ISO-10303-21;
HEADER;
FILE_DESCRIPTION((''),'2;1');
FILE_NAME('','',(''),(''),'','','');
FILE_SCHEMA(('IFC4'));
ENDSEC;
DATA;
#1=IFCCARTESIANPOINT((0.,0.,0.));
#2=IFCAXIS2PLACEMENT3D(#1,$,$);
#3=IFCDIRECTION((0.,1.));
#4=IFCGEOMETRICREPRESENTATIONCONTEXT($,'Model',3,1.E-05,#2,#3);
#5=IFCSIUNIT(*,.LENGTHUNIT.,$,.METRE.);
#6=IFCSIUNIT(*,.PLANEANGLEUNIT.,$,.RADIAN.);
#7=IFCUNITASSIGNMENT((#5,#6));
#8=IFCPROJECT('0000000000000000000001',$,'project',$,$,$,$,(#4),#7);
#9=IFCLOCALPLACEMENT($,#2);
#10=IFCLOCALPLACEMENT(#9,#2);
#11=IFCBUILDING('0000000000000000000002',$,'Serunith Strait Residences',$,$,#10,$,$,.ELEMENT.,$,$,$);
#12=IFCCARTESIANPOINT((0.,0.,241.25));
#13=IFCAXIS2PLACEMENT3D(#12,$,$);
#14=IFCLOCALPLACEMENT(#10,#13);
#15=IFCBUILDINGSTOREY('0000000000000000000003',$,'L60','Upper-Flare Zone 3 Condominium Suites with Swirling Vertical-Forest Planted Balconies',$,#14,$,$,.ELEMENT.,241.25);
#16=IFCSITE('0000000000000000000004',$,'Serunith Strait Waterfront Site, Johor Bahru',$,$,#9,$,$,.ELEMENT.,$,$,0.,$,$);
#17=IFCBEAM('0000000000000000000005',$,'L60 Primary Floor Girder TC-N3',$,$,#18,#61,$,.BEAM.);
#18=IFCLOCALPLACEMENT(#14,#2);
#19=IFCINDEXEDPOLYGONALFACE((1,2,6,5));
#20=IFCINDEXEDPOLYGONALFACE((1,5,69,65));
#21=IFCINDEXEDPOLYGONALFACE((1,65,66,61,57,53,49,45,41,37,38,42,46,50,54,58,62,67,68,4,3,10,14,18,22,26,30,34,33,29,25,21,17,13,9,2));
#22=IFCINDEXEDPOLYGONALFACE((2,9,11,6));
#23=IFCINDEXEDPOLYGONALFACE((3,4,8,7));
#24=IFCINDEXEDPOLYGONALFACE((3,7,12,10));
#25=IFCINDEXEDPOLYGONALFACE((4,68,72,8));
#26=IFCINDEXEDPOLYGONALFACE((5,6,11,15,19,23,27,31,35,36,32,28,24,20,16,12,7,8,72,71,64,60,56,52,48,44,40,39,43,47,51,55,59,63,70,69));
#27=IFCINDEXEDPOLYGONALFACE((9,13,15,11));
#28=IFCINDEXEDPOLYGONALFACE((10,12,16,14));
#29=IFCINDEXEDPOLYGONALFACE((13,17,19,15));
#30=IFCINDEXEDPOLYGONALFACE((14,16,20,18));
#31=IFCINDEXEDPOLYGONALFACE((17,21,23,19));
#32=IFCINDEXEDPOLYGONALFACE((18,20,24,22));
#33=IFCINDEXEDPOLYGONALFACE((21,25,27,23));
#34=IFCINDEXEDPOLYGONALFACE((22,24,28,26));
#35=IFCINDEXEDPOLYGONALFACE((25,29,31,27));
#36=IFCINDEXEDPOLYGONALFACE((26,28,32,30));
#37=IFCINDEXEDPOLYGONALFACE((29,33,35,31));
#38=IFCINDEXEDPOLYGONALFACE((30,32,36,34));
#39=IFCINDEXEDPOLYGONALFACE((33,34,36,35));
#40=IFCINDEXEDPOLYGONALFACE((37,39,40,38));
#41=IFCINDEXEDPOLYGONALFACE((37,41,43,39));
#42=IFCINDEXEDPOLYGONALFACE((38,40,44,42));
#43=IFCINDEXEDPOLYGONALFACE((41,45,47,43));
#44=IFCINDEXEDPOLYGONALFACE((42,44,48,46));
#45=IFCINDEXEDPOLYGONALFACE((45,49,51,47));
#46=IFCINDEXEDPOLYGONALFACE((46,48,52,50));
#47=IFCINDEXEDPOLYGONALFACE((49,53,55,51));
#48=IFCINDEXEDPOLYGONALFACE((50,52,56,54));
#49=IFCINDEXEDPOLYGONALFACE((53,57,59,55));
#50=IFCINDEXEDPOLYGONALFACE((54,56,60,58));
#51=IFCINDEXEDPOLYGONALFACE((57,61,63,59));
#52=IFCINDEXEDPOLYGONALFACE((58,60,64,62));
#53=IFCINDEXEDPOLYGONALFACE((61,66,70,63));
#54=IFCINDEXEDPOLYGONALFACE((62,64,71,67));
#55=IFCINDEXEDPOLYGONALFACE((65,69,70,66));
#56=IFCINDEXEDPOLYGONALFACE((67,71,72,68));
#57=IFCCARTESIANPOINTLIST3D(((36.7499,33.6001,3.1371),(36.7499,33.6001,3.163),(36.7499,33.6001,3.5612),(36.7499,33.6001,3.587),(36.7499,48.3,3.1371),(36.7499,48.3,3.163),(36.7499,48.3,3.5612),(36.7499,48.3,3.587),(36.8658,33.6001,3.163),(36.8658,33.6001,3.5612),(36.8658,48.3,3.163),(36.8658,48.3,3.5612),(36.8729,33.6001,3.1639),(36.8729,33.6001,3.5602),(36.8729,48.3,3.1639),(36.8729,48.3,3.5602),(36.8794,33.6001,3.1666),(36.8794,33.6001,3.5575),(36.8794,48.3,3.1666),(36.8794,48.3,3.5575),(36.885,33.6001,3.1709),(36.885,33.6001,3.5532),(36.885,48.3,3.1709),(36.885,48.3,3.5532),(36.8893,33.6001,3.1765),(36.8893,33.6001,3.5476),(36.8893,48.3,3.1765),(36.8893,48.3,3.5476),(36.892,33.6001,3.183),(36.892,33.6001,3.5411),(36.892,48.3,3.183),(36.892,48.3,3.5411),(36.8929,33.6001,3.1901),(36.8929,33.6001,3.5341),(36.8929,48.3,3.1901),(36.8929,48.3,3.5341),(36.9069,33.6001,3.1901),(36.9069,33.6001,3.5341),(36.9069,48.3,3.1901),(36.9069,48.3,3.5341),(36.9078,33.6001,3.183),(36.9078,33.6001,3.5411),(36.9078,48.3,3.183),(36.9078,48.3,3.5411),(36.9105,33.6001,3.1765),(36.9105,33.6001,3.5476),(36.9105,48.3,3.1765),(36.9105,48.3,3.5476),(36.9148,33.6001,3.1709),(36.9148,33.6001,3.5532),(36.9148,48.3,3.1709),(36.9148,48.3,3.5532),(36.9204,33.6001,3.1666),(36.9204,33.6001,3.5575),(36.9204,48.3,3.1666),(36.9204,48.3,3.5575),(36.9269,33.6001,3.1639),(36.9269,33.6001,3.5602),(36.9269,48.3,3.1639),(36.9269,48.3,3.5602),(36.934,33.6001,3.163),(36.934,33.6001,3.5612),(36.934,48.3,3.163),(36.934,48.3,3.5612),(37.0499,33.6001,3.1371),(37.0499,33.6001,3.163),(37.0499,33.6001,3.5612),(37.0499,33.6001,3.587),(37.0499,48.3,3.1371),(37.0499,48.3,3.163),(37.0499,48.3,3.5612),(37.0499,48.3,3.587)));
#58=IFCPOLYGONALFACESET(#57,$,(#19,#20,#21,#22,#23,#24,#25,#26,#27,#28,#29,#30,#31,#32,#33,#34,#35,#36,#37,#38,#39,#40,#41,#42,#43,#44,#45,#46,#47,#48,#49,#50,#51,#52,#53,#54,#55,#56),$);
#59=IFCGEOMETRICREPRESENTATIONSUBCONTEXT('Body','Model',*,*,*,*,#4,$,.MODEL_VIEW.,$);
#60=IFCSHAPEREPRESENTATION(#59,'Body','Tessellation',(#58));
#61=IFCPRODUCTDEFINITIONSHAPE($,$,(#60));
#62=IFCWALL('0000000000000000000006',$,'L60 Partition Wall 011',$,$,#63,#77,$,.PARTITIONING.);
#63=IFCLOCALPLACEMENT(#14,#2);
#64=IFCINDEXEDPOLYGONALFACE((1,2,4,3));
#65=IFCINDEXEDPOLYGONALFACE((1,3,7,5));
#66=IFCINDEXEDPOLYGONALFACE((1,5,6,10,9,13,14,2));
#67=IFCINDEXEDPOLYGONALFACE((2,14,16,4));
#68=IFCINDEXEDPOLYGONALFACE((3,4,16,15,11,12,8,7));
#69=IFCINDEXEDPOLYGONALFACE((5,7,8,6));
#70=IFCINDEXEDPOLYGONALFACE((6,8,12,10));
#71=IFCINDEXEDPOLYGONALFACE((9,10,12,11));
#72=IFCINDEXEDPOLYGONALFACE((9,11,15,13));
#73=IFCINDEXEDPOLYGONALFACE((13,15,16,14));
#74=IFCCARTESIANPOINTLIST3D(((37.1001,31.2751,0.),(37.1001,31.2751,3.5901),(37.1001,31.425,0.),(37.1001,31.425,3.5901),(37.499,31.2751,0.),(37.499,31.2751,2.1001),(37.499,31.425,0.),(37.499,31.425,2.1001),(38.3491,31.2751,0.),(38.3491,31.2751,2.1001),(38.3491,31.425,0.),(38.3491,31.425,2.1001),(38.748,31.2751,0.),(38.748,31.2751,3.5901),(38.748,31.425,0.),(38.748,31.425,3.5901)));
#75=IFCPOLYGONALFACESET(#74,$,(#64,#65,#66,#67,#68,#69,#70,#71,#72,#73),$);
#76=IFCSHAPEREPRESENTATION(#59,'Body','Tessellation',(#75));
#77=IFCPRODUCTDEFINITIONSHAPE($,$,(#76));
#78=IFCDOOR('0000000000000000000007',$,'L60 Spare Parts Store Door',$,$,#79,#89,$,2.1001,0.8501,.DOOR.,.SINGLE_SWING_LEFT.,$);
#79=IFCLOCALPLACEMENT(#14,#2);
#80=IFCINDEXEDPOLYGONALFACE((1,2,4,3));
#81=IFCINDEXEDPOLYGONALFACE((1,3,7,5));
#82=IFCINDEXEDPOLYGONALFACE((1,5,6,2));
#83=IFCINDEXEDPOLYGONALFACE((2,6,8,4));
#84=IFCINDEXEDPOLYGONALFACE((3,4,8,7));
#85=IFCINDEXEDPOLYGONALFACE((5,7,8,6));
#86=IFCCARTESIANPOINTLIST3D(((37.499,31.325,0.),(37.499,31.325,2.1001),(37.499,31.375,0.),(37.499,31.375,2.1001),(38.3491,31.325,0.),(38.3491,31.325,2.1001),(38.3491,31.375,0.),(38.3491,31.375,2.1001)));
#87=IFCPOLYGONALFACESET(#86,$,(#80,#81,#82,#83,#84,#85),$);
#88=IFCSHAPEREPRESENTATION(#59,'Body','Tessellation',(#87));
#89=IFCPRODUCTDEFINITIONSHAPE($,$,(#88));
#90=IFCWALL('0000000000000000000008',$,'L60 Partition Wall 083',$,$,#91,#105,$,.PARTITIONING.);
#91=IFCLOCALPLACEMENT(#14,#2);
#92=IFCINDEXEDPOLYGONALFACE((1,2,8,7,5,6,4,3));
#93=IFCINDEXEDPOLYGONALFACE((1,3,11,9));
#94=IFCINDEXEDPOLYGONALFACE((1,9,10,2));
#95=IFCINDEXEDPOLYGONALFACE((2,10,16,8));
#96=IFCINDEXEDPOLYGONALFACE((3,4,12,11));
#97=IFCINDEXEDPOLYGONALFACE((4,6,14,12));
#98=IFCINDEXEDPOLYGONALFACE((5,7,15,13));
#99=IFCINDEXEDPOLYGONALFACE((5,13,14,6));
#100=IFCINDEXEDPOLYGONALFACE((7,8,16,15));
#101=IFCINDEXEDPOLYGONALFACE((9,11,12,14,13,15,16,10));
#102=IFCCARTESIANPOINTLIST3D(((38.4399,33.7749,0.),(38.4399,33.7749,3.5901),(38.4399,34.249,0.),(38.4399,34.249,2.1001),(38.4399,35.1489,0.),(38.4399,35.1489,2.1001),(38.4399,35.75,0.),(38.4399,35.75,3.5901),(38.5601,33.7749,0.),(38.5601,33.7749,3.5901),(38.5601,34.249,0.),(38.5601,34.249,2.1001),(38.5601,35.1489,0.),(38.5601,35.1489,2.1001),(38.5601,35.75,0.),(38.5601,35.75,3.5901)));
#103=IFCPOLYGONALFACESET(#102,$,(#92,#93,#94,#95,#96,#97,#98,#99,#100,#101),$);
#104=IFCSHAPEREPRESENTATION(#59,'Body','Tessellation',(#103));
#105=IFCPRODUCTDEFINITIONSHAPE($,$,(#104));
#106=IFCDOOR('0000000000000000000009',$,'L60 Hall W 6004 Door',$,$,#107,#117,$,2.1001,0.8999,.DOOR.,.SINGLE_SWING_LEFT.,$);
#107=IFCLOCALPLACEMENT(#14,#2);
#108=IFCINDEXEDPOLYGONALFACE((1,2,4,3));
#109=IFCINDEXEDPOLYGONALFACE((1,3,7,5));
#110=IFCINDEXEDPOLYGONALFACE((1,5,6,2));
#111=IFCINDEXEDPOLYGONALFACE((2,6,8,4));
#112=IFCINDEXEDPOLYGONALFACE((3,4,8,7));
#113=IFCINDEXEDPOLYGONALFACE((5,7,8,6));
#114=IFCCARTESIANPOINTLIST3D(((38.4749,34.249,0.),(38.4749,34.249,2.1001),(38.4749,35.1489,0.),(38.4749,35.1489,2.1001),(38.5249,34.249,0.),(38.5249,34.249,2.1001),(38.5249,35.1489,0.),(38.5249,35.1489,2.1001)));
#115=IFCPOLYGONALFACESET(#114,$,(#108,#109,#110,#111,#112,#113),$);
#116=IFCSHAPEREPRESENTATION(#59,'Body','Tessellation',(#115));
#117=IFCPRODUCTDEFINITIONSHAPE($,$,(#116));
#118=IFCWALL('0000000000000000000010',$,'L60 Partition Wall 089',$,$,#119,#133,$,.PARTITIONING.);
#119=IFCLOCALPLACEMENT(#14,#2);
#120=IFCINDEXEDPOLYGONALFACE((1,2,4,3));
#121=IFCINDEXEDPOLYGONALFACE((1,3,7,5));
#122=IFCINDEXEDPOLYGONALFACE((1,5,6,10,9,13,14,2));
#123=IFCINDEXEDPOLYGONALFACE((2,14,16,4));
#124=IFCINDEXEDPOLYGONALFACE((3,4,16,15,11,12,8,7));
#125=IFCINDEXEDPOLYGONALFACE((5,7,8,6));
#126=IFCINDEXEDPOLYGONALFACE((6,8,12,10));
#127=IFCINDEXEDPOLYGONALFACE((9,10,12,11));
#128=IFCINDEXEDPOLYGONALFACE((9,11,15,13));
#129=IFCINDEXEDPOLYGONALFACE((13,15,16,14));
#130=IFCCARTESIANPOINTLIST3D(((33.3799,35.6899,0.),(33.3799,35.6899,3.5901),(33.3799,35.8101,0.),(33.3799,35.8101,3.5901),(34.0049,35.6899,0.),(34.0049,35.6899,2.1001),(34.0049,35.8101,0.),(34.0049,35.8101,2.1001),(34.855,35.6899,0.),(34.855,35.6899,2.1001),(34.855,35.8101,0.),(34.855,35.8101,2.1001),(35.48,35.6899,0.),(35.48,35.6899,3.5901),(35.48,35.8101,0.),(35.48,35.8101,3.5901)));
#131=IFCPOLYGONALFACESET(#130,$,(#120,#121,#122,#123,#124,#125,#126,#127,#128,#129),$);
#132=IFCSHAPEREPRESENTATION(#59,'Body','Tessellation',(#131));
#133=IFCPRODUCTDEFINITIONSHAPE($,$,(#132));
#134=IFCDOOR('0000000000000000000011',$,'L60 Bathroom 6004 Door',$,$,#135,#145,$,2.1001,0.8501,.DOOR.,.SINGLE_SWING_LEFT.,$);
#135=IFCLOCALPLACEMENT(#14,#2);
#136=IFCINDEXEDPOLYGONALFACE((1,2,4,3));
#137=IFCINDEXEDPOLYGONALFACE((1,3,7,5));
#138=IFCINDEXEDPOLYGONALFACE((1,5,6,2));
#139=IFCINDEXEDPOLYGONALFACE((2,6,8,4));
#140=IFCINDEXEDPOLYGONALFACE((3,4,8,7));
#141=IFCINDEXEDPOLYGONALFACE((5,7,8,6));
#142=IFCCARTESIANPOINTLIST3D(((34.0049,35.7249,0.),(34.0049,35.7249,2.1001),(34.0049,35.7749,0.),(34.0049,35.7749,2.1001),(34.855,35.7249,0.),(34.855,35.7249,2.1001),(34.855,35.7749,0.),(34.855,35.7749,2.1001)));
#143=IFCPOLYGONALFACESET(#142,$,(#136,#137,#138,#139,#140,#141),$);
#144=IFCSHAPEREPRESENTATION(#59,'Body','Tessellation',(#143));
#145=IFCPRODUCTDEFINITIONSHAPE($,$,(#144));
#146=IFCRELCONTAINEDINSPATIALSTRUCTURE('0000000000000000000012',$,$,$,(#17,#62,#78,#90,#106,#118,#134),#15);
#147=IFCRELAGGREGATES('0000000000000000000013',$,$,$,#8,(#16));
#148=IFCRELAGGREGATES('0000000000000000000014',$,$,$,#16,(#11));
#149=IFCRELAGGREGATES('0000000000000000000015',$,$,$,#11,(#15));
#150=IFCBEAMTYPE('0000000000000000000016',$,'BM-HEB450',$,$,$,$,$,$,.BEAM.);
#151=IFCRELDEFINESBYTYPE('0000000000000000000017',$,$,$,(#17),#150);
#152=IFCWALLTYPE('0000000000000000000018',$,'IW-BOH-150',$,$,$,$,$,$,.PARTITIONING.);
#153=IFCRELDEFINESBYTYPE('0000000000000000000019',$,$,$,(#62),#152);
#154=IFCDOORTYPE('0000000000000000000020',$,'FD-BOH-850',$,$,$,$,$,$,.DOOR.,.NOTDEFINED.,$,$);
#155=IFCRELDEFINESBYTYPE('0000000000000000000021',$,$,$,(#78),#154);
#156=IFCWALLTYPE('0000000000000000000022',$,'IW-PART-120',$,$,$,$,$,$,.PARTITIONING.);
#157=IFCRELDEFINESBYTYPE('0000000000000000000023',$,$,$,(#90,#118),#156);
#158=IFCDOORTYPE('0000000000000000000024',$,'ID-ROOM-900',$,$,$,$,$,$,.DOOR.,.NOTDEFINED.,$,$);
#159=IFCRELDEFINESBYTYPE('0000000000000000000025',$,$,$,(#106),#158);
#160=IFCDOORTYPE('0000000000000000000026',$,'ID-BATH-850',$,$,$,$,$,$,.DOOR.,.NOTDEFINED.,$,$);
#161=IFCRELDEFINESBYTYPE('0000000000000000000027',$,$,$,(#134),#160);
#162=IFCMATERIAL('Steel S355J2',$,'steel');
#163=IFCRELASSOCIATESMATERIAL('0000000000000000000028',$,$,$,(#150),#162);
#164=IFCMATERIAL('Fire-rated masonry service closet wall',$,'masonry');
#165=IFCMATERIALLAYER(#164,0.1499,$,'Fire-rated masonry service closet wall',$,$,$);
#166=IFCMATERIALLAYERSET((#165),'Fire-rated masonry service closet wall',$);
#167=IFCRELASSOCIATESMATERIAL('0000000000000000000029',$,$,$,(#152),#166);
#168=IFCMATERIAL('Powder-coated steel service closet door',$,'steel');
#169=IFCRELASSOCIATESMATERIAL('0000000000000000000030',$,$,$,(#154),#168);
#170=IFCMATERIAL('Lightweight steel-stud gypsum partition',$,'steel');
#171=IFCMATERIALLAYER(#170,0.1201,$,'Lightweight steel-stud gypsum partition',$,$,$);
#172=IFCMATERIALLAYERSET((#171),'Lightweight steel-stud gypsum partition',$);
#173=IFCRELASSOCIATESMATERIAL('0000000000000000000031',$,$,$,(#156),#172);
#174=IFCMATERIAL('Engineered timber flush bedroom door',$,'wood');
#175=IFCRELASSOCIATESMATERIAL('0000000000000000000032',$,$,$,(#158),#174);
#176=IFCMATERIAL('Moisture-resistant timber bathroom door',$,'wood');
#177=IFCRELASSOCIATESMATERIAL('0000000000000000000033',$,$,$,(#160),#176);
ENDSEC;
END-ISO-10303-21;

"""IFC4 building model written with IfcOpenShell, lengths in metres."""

from ifc_helpers import new_model, si_unit, direction, frame, frame_2d, origin, origin_2d, place, context, subcontext, project, spatial, rectangle, i_section, extrude, source, transform, mapped, material, layer, layer_set, material_profile, profile_set, type_object, element, fill, save


model = new_model("IFC4")

# Units and contexts
model_context = context("Model", 3, precision=1e-05, world=origin(), true_north=direction((0.0, 1.0)))
body_context = subcontext(model_context, "Body", "Model", "MODEL_VIEW")
ifc_project = project(units=[si_unit("LENGTHUNIT", "METRE"), si_unit("PLANEANGLEUNIT", "RADIAN")], contexts=[model_context])

# Site, building, storey
site_placement = place(None, origin())
site = spatial("IfcSite", under=ifc_project, at=site_placement, Name="Serunith Strait Waterfront Site, Johor Bahru", CompositionType="ELEMENT", RefElevation=0.0)
building_placement = place(site_placement, origin())
building = spatial("IfcBuilding", under=site, at=building_placement, Name="Serunith Strait Residences", CompositionType="ELEMENT")
storey_placement = place(building_placement, frame((0.0, 0.0, 241.25)))
storey = spatial("IfcBuildingStorey", under=building, at=storey_placement, Name="L60", Description="Upper-Flare Zone 3 Condominium Suites with Swirling Vertical-Forest Planted Balconies", CompositionType="ELEMENT", Elevation=241.25)

# Beam
ifc_material_1 = material(Name="Steel S355J2", Category="steel")
ifc_material_profile = material_profile(ifc_material_1, i_section(OverallWidth=0.3, OverallDepth=0.45, WebThickness=0.0139, FlangeThickness=0.0259, FilletRadius=0.0271, at=origin_2d()), Name="HEB 450")
ifc_profile_set = profile_set([ifc_material_profile], Name="Steel S355J2")
beam_type = type_object("IfcBeamType", Name="BM-HEB450", PredefinedType="BEAM", material=ifc_profile_set)
shared_shape_1 = source(origin(), body_context, "Body", "SweptSolid", [
    extrude(i_section(OverallWidth=0.3, OverallDepth=0.45, WebThickness=0.0139, FlangeThickness=0.0259, FilletRadius=0.0271, at=origin_2d()), origin(), (0.0, 0.0, 1.0), 14.7),
])
beam_placement = place(storey_placement, frame((36.8999, 33.6001, 3.3621), z_axis=(0.0, 1.0, 0.0), x_axis=(-1.0, 0.0, 0.0)))
element("IfcBeam", 1, at=beam_placement, inside=storey, type_object=beam_type, Name="L60 Primary Floor Girder TC-N3", PredefinedType="BEAM", context=body_context, shape_type="MappedRepresentation", body=[
    mapped(shared_shape_1, transform((0.0, 0.0, 0.0), scale=1.0)),
])

# Walls, openings, doors
ifc_material_2 = material(Name="Fire-rated masonry service closet wall", Category="masonry")
ifc_layer_1 = layer(ifc_material_2, 0.1499, Name="Fire-rated masonry service closet wall")
ifc_layer_set_1 = layer_set([ifc_layer_1], Name="Fire-rated masonry service closet wall")
wall_type_1 = type_object("IfcWallType", Name="IW-BOH-150", PredefinedType="PARTITIONING", material=ifc_layer_set_1)
wall_1_placement = place(storey_placement, frame((37.1001, 31.3501, 0.0), z_axis=(0.0, 0.0, 1.0), x_axis=(1.0, 0.0, 0.0)))
wall_1 = element("IfcWall", 2, at=wall_1_placement, inside=storey, type_object=wall_type_1, Name="L60 Partition Wall 011", PredefinedType="PARTITIONING", context=body_context, shape_type="SweptSolid", body=[
    extrude(rectangle(XDim=1.6479, YDim=0.1499, at=frame_2d((0.824, 0.0))), origin(), (0.0, 0.0, 1.0), 3.5901),
])
opening_1_placement = place(wall_1_placement, frame((0.3989, 0.0, 0.0)))
opening_1 = element("IfcOpeningElement", 3, at=opening_1_placement, cuts=wall_1, PredefinedType="OPENING", context=body_context, shape_type="SweptSolid", body=[
    extrude(rectangle(XDim=0.8501, YDim=2.1001, at=frame_2d((0.425, 1.05))), frame((0.0, 0.085, 0.0), z_axis=(0.0, -1.0, 0.0), x_axis=(1.0, 0.0, 0.0)), (0.0, 0.0, 1.0), 0.1699),
])
ifc_material_3 = material(Name="Powder-coated steel service closet door", Category="steel")
door_type_1 = type_object("IfcDoorType", Name="FD-BOH-850", OperationType="NOTDEFINED", PredefinedType="DOOR", material=ifc_material_3)
shared_shape_2 = source(origin(), body_context, "Body", "SweptSolid", [
    extrude(rectangle(XDim=0.8501, YDim=2.1001, at=frame_2d((0.425, 1.05))), frame((0.0, 0.0249, 0.0), z_axis=(0.0, -1.0, 0.0), x_axis=(1.0, 0.0, 0.0)), (0.0, 0.0, 1.0), 0.05),
])
door_1_placement = place(opening_1_placement, origin())
door_1 = element("IfcDoor", 4, at=door_1_placement, inside=storey, type_object=door_type_1, Name="L60 Spare Parts Store Door", OperationType="SINGLE_SWING_LEFT", OverallHeight=2.1001, OverallWidth=0.8501, PredefinedType="DOOR", context=body_context, shape_type="MappedRepresentation", body=[
    mapped(shared_shape_2, transform((0.0, 0.0, 0.0), scale=1.0)),
])
fill(opening_1, door_1)
ifc_material_4 = material(Name="Lightweight steel-stud gypsum partition", Category="steel")
ifc_layer_2 = layer(ifc_material_4, 0.1201, Name="Lightweight steel-stud gypsum partition")
ifc_layer_set_2 = layer_set([ifc_layer_2], Name="Lightweight steel-stud gypsum partition")
wall_type_2 = type_object("IfcWallType", Name="IW-PART-120", PredefinedType="PARTITIONING", material=ifc_layer_set_2)
wall_2_placement = place(storey_placement, frame((38.5, 35.75, 0.0), z_axis=(0.0, 0.0, 1.0), x_axis=(0.0, -1.0, 0.0)))
wall_2 = element("IfcWall", 5, at=wall_2_placement, inside=storey, type_object=wall_type_2, Name="L60 Partition Wall 083", PredefinedType="PARTITIONING", context=body_context, shape_type="SweptSolid", body=[
    extrude(rectangle(XDim=1.9751, YDim=0.1201, at=frame_2d((0.9875, 0.0))), origin(), (0.0, 0.0, 1.0), 3.5901),
])
opening_2_placement = place(wall_2_placement, frame((0.6011, 0.0, 0.0)))
opening_2 = element("IfcOpeningElement", 6, at=opening_2_placement, cuts=wall_2, PredefinedType="OPENING", context=body_context, shape_type="SweptSolid", body=[
    extrude(rectangle(XDim=0.8999, YDim=2.1001, at=frame_2d((0.45, 1.05))), frame((0.0, 0.0701, 0.0), z_axis=(0.0, -1.0, 0.0), x_axis=(1.0, 0.0, 0.0)), (0.0, 0.0, 1.0), 0.1401),
])
ifc_material_5 = material(Name="Engineered timber flush bedroom door", Category="wood")
door_type_2 = type_object("IfcDoorType", Name="ID-ROOM-900", OperationType="NOTDEFINED", PredefinedType="DOOR", material=ifc_material_5)
shared_shape_3 = source(origin(), body_context, "Body", "SweptSolid", [
    extrude(rectangle(XDim=0.8999, YDim=2.1001, at=frame_2d((0.45, 1.05))), frame((0.0, 0.0249, 0.0), z_axis=(0.0, -1.0, 0.0), x_axis=(1.0, 0.0, 0.0)), (0.0, 0.0, 1.0), 0.05),
])
door_2_placement = place(opening_2_placement, origin())
door_2 = element("IfcDoor", 7, at=door_2_placement, inside=storey, type_object=door_type_2, Name="L60 Hall W 6004 Door", OperationType="SINGLE_SWING_LEFT", OverallHeight=2.1001, OverallWidth=0.8999, PredefinedType="DOOR", context=body_context, shape_type="MappedRepresentation", body=[
    mapped(shared_shape_3, transform((0.0, 0.0, 0.0), scale=1.0)),
])
fill(opening_2, door_2)
wall_3_placement = place(storey_placement, frame((33.3799, 35.75, 0.0), z_axis=(0.0, 0.0, 1.0), x_axis=(1.0, 0.0, 0.0)))
wall_3 = element("IfcWall", 8, at=wall_3_placement, inside=storey, type_object=wall_type_2, Name="L60 Partition Wall 089", PredefinedType="PARTITIONING", context=body_context, shape_type="SweptSolid", body=[
    extrude(rectangle(XDim=2.1001, YDim=0.1201, at=frame_2d((1.05, 0.0))), origin(), (0.0, 0.0, 1.0), 3.5901),
])
opening_3_placement = place(wall_3_placement, frame((0.625, 0.0, 0.0)))
opening_3 = element("IfcOpeningElement", 9, at=opening_3_placement, cuts=wall_3, PredefinedType="OPENING", context=body_context, shape_type="SweptSolid", body=[
    extrude(rectangle(XDim=0.8501, YDim=2.1001, at=frame_2d((0.425, 1.05))), frame((0.0, 0.0701, 0.0), z_axis=(0.0, -1.0, 0.0), x_axis=(1.0, 0.0, 0.0)), (0.0, 0.0, 1.0), 0.1401),
])
ifc_material_6 = material(Name="Moisture-resistant timber bathroom door", Category="wood")
door_type_3 = type_object("IfcDoorType", Name="ID-BATH-850", OperationType="NOTDEFINED", PredefinedType="DOOR", material=ifc_material_6)
door_3_placement = place(opening_3_placement, origin())
door_3 = element("IfcDoor", 10, at=door_3_placement, inside=storey, type_object=door_type_3, Name="L60 Bathroom 6004 Door", OperationType="SINGLE_SWING_LEFT", OverallHeight=2.1001, OverallWidth=0.8501, PredefinedType="DOOR", context=body_context, shape_type="MappedRepresentation", body=[
    mapped(shared_shape_2, transform((0.0, 0.0, 0.0), scale=1.0)),
])
fill(opening_3, door_3)

save(model, "model.ifc")
